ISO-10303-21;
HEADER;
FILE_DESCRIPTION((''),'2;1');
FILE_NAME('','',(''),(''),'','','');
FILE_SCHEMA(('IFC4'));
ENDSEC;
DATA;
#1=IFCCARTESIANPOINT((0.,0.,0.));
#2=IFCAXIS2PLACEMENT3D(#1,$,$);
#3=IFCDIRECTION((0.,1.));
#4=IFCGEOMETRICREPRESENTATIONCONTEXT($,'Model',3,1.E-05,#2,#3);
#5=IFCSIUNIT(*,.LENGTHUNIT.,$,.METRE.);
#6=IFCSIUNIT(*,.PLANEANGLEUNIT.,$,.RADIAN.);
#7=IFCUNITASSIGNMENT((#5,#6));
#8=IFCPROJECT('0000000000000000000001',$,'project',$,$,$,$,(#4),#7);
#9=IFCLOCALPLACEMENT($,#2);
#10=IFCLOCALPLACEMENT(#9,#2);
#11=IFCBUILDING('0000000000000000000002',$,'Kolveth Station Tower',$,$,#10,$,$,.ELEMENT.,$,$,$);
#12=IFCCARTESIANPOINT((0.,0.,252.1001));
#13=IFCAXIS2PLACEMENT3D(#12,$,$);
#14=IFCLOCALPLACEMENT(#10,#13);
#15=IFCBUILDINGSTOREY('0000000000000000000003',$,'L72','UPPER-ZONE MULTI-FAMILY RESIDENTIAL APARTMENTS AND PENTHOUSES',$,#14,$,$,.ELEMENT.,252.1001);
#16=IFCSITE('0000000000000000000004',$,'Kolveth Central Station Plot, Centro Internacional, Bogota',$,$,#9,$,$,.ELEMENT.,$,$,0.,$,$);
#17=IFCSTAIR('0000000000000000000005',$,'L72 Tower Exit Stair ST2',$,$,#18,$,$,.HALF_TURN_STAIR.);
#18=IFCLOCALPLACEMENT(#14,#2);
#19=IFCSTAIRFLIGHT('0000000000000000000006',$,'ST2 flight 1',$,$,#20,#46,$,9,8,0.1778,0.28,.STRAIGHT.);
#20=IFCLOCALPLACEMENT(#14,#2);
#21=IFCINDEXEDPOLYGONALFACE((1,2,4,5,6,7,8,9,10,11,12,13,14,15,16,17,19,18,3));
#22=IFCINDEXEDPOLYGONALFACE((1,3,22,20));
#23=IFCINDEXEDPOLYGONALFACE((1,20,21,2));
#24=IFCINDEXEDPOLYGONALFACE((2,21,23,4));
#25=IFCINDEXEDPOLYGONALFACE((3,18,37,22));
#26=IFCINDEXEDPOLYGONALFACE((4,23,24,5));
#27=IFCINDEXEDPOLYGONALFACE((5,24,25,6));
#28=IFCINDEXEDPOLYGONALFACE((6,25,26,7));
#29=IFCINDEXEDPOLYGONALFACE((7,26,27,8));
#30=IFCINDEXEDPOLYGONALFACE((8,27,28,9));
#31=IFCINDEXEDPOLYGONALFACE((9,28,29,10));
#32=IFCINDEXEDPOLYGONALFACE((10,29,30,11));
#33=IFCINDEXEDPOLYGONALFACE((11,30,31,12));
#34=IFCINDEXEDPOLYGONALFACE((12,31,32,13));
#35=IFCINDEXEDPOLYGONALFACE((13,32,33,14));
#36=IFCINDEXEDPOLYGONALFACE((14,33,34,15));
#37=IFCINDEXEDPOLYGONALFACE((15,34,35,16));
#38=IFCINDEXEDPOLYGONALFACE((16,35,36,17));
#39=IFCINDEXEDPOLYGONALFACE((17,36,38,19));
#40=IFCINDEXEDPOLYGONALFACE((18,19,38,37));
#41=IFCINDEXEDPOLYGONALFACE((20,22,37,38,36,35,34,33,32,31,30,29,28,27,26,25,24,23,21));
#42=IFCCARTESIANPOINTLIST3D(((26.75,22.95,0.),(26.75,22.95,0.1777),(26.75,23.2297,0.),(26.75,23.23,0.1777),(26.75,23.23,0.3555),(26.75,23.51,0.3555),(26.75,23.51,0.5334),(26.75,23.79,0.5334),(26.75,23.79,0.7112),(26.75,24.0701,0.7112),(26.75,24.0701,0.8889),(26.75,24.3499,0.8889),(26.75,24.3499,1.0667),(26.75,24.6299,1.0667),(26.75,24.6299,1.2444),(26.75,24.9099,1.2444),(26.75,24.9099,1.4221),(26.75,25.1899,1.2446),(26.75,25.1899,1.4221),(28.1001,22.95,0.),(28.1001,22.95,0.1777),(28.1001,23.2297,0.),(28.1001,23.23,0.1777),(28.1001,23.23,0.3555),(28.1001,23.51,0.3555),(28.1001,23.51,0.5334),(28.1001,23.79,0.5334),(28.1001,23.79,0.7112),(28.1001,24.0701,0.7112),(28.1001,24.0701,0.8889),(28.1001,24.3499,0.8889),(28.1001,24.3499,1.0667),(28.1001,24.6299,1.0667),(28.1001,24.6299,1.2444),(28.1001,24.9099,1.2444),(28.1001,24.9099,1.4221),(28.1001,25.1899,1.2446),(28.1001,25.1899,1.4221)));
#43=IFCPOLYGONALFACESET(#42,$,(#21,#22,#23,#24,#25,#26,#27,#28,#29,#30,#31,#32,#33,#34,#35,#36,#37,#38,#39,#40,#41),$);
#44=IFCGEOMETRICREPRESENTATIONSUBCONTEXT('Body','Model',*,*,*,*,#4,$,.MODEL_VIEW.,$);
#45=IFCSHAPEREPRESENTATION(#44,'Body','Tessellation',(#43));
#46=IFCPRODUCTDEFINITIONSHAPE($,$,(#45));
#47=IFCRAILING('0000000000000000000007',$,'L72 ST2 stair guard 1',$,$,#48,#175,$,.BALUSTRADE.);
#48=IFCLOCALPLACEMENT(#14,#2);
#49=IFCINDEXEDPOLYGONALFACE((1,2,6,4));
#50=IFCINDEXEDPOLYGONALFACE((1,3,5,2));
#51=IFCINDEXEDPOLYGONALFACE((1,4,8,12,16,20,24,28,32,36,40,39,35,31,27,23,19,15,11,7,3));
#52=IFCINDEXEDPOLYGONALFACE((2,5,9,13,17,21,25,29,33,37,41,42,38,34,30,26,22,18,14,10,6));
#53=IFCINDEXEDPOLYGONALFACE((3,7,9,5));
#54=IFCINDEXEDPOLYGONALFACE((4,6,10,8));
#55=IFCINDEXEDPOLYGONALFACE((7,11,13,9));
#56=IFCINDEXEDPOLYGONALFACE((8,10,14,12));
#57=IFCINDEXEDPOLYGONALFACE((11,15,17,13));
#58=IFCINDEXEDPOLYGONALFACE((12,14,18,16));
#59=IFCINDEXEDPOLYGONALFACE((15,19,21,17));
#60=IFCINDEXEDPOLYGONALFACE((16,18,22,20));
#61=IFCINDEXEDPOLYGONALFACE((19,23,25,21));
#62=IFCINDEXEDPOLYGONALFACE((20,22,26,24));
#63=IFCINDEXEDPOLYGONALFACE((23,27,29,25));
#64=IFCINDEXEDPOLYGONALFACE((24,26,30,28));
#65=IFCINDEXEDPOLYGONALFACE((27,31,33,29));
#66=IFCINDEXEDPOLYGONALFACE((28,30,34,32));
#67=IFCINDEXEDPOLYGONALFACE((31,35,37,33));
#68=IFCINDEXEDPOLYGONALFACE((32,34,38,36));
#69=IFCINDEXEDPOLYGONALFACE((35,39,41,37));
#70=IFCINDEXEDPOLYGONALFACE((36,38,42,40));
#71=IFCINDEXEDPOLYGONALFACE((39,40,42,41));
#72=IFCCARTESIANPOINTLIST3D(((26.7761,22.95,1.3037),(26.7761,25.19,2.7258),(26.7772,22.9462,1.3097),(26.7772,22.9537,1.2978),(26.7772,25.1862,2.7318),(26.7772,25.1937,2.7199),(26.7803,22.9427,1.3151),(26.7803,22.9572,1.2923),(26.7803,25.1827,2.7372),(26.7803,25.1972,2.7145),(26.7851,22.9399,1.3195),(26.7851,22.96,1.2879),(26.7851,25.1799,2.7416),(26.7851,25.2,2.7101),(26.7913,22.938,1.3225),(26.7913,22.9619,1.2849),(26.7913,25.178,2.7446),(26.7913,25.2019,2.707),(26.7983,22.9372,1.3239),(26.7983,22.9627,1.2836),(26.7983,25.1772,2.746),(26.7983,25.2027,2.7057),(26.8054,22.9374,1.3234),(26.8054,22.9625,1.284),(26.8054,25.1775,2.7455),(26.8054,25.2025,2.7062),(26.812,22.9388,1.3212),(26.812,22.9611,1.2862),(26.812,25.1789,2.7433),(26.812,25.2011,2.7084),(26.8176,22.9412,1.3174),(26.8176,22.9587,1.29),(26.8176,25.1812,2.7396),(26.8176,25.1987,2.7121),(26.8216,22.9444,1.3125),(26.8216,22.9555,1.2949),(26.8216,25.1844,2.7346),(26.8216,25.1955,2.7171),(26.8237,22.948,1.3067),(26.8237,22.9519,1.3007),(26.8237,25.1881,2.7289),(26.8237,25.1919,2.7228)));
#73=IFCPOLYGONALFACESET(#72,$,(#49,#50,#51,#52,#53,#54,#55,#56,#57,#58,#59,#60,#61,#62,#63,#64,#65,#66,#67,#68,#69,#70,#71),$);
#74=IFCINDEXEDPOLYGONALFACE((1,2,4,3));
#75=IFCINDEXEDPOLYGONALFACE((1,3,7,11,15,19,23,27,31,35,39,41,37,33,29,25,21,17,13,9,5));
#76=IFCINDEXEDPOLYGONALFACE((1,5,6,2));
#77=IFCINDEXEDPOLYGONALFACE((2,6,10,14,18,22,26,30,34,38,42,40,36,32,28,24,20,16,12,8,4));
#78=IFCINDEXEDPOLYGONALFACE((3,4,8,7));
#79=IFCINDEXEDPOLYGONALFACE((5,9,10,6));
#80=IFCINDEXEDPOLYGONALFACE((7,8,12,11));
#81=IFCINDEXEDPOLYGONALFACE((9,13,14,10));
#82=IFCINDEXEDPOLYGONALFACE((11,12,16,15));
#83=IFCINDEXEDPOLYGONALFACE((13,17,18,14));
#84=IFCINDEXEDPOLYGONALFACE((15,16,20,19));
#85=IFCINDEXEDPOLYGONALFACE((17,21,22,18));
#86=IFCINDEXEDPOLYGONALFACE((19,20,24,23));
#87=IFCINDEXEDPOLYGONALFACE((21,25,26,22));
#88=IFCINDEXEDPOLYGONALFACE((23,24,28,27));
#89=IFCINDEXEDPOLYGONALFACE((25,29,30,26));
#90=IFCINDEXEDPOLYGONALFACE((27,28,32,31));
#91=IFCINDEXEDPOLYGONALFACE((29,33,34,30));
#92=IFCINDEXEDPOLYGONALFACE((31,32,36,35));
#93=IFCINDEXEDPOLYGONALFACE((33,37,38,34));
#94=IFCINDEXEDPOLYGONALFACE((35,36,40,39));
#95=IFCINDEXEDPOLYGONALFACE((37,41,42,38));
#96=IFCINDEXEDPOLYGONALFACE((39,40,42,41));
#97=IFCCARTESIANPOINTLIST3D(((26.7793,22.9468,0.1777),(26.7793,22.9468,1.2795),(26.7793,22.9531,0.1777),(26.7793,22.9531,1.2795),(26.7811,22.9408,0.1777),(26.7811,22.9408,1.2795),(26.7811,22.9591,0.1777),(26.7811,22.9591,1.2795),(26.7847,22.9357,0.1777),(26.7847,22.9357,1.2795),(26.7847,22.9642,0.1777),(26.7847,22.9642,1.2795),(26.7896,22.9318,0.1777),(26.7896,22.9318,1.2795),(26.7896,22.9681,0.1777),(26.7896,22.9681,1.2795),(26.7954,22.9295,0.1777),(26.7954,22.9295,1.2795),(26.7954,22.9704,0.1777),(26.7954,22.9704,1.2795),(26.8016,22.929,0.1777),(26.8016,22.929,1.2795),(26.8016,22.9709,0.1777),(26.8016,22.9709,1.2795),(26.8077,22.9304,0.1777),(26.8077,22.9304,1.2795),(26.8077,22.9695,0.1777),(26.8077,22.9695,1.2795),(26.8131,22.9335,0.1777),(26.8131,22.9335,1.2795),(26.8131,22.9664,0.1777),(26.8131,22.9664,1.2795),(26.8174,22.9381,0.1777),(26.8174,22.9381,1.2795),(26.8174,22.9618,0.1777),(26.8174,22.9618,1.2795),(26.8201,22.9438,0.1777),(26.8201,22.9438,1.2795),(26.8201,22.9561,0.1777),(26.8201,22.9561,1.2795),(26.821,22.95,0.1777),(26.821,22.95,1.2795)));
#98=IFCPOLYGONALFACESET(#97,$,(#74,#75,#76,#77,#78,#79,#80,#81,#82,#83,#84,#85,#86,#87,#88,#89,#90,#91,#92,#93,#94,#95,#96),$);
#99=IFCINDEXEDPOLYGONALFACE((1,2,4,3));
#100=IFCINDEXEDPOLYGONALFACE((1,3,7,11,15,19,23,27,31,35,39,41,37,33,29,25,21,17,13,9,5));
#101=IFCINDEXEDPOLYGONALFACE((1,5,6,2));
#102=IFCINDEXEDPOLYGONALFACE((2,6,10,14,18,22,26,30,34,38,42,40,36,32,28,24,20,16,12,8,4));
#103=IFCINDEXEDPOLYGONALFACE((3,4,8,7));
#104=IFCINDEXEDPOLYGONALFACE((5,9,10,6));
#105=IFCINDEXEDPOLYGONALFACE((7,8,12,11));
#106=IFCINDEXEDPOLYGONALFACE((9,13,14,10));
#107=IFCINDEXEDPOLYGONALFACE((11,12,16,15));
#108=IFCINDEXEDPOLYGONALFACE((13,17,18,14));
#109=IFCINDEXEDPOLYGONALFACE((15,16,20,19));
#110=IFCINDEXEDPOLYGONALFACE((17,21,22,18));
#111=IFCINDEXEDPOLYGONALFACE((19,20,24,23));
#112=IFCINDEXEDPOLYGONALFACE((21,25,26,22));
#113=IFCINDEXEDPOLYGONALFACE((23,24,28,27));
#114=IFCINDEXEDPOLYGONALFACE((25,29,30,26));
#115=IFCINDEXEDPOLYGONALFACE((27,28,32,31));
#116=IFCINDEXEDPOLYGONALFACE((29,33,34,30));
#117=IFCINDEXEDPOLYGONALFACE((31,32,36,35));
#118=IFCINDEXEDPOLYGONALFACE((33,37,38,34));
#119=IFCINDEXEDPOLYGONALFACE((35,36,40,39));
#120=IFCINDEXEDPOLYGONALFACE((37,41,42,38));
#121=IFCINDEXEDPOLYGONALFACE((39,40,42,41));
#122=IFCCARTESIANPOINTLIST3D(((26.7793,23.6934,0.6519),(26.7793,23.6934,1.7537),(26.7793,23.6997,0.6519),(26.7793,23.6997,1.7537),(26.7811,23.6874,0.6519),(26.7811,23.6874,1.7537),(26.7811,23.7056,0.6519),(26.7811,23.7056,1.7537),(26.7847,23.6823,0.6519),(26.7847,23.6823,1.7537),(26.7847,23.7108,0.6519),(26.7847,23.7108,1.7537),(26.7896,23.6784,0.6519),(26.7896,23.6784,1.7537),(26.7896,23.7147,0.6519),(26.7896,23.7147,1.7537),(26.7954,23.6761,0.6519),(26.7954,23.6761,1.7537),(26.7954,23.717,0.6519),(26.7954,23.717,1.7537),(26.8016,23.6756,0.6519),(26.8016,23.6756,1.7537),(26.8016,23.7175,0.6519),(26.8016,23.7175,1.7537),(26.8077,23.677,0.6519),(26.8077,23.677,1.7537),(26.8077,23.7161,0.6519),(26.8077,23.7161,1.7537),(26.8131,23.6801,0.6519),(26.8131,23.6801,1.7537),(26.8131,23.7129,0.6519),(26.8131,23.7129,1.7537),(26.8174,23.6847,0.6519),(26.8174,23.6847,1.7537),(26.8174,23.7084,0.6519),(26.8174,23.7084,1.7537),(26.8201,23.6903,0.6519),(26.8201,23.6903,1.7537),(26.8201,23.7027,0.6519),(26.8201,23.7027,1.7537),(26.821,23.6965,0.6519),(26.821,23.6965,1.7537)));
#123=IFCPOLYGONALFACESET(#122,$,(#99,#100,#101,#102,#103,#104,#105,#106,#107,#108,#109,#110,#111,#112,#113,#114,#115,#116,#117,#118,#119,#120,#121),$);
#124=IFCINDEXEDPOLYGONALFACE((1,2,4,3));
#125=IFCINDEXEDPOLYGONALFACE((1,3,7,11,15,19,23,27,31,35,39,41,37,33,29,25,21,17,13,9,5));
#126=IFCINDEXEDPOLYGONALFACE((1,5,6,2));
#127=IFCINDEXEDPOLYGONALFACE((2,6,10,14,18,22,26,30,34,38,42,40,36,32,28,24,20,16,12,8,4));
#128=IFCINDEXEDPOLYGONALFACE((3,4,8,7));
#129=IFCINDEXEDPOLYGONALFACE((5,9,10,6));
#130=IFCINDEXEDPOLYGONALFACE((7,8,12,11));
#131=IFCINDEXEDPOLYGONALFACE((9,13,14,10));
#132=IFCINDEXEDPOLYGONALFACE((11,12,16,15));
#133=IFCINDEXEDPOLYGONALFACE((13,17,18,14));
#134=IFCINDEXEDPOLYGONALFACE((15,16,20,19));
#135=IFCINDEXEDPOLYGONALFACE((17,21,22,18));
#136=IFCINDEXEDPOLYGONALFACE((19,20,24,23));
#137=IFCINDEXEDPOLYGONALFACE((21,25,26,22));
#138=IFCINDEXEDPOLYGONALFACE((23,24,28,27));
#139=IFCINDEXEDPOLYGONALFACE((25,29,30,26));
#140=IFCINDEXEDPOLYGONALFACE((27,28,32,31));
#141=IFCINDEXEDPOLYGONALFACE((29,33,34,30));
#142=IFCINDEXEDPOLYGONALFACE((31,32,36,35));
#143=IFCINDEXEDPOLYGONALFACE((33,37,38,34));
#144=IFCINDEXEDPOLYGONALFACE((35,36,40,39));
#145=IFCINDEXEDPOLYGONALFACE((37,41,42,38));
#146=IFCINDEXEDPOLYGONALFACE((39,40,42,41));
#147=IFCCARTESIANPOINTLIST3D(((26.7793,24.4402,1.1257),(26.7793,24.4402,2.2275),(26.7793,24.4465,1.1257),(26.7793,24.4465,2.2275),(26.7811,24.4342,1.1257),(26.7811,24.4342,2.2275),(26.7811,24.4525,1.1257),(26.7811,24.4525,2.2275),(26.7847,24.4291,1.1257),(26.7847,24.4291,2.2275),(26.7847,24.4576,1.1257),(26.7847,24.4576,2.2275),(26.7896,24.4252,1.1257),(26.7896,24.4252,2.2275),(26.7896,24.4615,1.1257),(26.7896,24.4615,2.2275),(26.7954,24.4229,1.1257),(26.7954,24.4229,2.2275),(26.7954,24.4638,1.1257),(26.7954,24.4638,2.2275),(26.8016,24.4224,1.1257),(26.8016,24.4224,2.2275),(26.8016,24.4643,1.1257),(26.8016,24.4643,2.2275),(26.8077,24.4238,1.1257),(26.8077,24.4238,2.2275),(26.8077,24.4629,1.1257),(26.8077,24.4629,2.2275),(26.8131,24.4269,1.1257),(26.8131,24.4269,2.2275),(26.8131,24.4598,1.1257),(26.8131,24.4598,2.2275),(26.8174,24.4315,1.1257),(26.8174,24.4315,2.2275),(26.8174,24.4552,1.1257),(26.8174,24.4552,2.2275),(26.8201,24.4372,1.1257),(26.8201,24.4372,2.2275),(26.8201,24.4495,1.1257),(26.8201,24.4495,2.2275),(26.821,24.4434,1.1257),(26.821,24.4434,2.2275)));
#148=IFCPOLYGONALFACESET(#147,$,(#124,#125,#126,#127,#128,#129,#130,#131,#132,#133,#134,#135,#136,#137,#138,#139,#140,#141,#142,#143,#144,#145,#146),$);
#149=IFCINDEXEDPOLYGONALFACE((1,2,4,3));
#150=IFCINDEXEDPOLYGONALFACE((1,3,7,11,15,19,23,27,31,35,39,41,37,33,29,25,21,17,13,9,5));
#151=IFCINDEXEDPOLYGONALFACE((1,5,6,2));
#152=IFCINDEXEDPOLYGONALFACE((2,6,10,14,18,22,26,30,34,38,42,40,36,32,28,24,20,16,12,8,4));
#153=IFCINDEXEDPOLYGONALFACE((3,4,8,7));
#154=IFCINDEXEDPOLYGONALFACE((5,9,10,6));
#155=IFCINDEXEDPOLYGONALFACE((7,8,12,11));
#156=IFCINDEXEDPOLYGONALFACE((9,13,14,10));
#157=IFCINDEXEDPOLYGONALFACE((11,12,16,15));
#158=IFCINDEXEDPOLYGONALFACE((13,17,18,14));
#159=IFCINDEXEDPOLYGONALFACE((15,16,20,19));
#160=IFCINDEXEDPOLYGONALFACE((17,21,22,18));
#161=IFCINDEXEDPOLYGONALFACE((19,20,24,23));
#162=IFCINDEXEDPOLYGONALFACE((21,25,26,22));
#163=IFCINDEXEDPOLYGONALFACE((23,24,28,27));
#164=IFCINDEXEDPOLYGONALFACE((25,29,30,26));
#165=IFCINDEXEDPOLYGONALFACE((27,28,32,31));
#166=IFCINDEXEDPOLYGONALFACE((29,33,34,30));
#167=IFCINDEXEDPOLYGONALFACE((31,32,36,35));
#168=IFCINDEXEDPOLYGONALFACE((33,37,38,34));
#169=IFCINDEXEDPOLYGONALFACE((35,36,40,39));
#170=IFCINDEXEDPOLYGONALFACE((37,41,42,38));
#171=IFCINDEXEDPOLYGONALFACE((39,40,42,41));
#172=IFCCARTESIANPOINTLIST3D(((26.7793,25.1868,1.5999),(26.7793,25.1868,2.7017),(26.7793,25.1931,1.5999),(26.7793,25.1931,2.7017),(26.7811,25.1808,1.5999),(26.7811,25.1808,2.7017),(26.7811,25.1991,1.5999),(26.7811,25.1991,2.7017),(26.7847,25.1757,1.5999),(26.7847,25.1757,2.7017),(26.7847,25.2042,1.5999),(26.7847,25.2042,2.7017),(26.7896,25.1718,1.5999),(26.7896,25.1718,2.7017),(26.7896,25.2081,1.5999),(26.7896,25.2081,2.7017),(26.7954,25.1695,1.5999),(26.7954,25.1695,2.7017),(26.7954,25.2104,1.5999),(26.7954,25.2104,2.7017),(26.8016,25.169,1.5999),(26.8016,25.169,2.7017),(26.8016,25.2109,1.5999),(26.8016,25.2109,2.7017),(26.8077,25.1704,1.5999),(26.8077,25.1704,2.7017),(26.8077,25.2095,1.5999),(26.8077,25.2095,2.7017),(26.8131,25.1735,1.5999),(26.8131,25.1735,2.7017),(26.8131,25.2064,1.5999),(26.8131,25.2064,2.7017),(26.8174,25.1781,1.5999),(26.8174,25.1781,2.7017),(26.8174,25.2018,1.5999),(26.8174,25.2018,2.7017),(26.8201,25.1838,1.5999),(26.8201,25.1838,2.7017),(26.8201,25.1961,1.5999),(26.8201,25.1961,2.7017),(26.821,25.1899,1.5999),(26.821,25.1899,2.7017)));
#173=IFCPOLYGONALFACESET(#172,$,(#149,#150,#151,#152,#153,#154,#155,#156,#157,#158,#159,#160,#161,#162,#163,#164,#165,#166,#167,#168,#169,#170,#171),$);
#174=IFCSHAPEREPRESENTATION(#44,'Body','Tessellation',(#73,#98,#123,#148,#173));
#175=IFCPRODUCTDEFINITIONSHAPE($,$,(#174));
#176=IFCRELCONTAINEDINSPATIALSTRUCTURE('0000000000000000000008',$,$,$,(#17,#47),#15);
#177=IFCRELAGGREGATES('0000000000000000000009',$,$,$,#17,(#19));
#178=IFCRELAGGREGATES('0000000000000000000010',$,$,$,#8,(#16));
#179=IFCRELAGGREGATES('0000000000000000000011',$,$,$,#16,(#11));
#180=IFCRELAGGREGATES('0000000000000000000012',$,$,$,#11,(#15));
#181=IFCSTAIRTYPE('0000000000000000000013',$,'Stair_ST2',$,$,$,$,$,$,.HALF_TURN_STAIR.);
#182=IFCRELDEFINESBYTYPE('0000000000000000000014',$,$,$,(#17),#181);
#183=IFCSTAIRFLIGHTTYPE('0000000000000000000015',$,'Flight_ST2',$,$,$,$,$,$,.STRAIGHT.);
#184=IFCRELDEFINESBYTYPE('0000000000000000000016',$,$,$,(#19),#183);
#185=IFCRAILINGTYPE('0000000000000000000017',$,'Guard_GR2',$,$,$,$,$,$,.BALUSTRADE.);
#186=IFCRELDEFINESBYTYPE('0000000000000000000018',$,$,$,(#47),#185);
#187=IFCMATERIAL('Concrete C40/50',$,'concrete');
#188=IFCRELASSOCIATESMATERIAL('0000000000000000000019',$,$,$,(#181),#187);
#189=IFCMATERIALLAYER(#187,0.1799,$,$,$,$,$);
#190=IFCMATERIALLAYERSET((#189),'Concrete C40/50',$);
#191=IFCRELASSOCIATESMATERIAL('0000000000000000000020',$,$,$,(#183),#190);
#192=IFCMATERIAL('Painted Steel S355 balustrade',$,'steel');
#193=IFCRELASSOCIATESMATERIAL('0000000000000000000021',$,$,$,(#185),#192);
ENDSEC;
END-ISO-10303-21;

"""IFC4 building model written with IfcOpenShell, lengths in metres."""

from ifc_helpers import new_model, si_unit, direction, frame, origin, origin_2d, place, context, subcontext, project, spatial, polyline, circle, outline, extrude, material, layer, layer_set, type_object, element, aggregate, save


model = new_model("IFC4")

# Units and contexts
model_context = context("Model", 3, precision=1e-05, world=origin(), true_north=direction((0.0, 1.0)))
body_context = subcontext(model_context, "Body", "Model", "MODEL_VIEW")
ifc_project = project(units=[si_unit("LENGTHUNIT", "METRE"), si_unit("PLANEANGLEUNIT", "RADIAN")], contexts=[model_context])

# Site, building, storey
site_placement = place(None, origin())
site = spatial("IfcSite", under=ifc_project, at=site_placement, Name="Kolveth Central Station Plot, Centro Internacional, Bogota", CompositionType="ELEMENT", RefElevation=0.0)
building_placement = place(site_placement, origin())
building = spatial("IfcBuilding", under=site, at=building_placement, Name="Kolveth Station Tower", CompositionType="ELEMENT")
storey_placement = place(building_placement, frame((0.0, 0.0, 252.1001)))
storey = spatial("IfcBuildingStorey", under=building, at=storey_placement, Name="L72", Description="UPPER-ZONE MULTI-FAMILY RESIDENTIAL APARTMENTS AND PENTHOUSES", CompositionType="ELEMENT", Elevation=252.1001)

# Shared definitions
ifc_material_1 = material(Name="Concrete C40/50", Category="concrete")

# Stair, stair flight
stair_type = type_object("IfcStairType", Name="Stair_ST2", PredefinedType="HALF_TURN_STAIR", material=ifc_material_1)
stair_placement = place(storey_placement, origin())
stair = element("IfcStair", 1, at=stair_placement, inside=storey, type_object=stair_type, Name="L72 Tower Exit Stair ST2", PredefinedType="HALF_TURN_STAIR")
ifc_layer_1 = layer(ifc_material_1, 0.1799)
ifc_layer_set_1 = layer_set([ifc_layer_1], Name="Concrete C40/50")
stair_flight_type = type_object("IfcStairFlightType", Name="Flight_ST2", PredefinedType="STRAIGHT", material=ifc_layer_set_1)
stair_flight_placement = place(storey_placement, frame((27.425, 22.95, 0.0), z_axis=(0.0, 0.0, 1.0), x_axis=(0.0, 1.0, 0.0)))
stair_flight = element("IfcStairFlight", 2, at=stair_flight_placement, type_object=stair_flight_type, Name="ST2 flight 1", NumberOfRisers=9, NumberOfTreads=8, PredefinedType="STRAIGHT", RiserHeight=0.1778, TreadLength=0.28, context=body_context, shape_type="SweptSolid", body=[
    extrude(outline(polyline([(0.0, 0.0), (0.0, 0.1777), (0.28, 0.1777), (0.28, 0.3555), (0.5601, 0.3555), (0.5601, 0.5334), (0.8401, 0.5334), (0.8401, 0.7112), (1.1201, 0.7112), (1.1201, 0.8889), (1.3999, 0.8889), (1.3999, 1.0667), (1.6799, 1.0667), (1.6799, 1.2444), (1.96, 1.2444), (1.96, 1.4221), (2.24, 1.4221), (2.24, 1.6001), (2.24, 1.2446), (0.2798, 0.0), (0.0, 0.0)])), frame((0.0, 0.675, 0.0), z_axis=(0.0, -1.0, 0.0), x_axis=(1.0, 0.0, 0.0)), (0.0, 0.0, 1.0), 1.3501),
])
aggregate(stair, [stair_flight])

# Railing
ifc_material_2 = material(Name="Painted Steel S355 balustrade", Category="steel")
railing_type_1 = type_object("IfcRailingType", Name="Guard_GR2", PredefinedType="BALUSTRADE", material=ifc_material_2)
railing_1_placement = place(storey_placement, frame((26.8, 22.95, 0.1777)))
element("IfcRailing", 3, at=railing_1_placement, inside=storey, type_object=railing_type_1, Name="L72 ST2 stair guard 1", PredefinedType="BALUSTRADE", context=body_context, shape_type="SweptSolid", body=[
    extrude(circle(Radius=0.0239, at=origin_2d()), frame((0.0, 0.0, 1.126), z_axis=(0.0, 0.844229, 0.535982), x_axis=(-1.0, 0.0, 0.0)), (0.0, 0.0, 1.0), 2.6533),
    extrude(circle(Radius=0.021, at=origin_2d()), origin(), (0.0, 0.0, 1.0), 1.1018),
    extrude(circle(Radius=0.021, at=origin_2d()), frame((0.0, 0.7466, 0.4741)), (0.0, 0.0, 1.0), 1.1018),
    extrude(circle(Radius=0.021, at=origin_2d()), frame((0.0, 1.4934, 0.948)), (0.0, 0.0, 1.0), 1.1018),
    extrude(circle(Radius=0.021, at=origin_2d()), frame((0.0, 2.24, 1.4221)), (0.0, 0.0, 1.0), 1.1018),
])

save(model, "model.ifc")
